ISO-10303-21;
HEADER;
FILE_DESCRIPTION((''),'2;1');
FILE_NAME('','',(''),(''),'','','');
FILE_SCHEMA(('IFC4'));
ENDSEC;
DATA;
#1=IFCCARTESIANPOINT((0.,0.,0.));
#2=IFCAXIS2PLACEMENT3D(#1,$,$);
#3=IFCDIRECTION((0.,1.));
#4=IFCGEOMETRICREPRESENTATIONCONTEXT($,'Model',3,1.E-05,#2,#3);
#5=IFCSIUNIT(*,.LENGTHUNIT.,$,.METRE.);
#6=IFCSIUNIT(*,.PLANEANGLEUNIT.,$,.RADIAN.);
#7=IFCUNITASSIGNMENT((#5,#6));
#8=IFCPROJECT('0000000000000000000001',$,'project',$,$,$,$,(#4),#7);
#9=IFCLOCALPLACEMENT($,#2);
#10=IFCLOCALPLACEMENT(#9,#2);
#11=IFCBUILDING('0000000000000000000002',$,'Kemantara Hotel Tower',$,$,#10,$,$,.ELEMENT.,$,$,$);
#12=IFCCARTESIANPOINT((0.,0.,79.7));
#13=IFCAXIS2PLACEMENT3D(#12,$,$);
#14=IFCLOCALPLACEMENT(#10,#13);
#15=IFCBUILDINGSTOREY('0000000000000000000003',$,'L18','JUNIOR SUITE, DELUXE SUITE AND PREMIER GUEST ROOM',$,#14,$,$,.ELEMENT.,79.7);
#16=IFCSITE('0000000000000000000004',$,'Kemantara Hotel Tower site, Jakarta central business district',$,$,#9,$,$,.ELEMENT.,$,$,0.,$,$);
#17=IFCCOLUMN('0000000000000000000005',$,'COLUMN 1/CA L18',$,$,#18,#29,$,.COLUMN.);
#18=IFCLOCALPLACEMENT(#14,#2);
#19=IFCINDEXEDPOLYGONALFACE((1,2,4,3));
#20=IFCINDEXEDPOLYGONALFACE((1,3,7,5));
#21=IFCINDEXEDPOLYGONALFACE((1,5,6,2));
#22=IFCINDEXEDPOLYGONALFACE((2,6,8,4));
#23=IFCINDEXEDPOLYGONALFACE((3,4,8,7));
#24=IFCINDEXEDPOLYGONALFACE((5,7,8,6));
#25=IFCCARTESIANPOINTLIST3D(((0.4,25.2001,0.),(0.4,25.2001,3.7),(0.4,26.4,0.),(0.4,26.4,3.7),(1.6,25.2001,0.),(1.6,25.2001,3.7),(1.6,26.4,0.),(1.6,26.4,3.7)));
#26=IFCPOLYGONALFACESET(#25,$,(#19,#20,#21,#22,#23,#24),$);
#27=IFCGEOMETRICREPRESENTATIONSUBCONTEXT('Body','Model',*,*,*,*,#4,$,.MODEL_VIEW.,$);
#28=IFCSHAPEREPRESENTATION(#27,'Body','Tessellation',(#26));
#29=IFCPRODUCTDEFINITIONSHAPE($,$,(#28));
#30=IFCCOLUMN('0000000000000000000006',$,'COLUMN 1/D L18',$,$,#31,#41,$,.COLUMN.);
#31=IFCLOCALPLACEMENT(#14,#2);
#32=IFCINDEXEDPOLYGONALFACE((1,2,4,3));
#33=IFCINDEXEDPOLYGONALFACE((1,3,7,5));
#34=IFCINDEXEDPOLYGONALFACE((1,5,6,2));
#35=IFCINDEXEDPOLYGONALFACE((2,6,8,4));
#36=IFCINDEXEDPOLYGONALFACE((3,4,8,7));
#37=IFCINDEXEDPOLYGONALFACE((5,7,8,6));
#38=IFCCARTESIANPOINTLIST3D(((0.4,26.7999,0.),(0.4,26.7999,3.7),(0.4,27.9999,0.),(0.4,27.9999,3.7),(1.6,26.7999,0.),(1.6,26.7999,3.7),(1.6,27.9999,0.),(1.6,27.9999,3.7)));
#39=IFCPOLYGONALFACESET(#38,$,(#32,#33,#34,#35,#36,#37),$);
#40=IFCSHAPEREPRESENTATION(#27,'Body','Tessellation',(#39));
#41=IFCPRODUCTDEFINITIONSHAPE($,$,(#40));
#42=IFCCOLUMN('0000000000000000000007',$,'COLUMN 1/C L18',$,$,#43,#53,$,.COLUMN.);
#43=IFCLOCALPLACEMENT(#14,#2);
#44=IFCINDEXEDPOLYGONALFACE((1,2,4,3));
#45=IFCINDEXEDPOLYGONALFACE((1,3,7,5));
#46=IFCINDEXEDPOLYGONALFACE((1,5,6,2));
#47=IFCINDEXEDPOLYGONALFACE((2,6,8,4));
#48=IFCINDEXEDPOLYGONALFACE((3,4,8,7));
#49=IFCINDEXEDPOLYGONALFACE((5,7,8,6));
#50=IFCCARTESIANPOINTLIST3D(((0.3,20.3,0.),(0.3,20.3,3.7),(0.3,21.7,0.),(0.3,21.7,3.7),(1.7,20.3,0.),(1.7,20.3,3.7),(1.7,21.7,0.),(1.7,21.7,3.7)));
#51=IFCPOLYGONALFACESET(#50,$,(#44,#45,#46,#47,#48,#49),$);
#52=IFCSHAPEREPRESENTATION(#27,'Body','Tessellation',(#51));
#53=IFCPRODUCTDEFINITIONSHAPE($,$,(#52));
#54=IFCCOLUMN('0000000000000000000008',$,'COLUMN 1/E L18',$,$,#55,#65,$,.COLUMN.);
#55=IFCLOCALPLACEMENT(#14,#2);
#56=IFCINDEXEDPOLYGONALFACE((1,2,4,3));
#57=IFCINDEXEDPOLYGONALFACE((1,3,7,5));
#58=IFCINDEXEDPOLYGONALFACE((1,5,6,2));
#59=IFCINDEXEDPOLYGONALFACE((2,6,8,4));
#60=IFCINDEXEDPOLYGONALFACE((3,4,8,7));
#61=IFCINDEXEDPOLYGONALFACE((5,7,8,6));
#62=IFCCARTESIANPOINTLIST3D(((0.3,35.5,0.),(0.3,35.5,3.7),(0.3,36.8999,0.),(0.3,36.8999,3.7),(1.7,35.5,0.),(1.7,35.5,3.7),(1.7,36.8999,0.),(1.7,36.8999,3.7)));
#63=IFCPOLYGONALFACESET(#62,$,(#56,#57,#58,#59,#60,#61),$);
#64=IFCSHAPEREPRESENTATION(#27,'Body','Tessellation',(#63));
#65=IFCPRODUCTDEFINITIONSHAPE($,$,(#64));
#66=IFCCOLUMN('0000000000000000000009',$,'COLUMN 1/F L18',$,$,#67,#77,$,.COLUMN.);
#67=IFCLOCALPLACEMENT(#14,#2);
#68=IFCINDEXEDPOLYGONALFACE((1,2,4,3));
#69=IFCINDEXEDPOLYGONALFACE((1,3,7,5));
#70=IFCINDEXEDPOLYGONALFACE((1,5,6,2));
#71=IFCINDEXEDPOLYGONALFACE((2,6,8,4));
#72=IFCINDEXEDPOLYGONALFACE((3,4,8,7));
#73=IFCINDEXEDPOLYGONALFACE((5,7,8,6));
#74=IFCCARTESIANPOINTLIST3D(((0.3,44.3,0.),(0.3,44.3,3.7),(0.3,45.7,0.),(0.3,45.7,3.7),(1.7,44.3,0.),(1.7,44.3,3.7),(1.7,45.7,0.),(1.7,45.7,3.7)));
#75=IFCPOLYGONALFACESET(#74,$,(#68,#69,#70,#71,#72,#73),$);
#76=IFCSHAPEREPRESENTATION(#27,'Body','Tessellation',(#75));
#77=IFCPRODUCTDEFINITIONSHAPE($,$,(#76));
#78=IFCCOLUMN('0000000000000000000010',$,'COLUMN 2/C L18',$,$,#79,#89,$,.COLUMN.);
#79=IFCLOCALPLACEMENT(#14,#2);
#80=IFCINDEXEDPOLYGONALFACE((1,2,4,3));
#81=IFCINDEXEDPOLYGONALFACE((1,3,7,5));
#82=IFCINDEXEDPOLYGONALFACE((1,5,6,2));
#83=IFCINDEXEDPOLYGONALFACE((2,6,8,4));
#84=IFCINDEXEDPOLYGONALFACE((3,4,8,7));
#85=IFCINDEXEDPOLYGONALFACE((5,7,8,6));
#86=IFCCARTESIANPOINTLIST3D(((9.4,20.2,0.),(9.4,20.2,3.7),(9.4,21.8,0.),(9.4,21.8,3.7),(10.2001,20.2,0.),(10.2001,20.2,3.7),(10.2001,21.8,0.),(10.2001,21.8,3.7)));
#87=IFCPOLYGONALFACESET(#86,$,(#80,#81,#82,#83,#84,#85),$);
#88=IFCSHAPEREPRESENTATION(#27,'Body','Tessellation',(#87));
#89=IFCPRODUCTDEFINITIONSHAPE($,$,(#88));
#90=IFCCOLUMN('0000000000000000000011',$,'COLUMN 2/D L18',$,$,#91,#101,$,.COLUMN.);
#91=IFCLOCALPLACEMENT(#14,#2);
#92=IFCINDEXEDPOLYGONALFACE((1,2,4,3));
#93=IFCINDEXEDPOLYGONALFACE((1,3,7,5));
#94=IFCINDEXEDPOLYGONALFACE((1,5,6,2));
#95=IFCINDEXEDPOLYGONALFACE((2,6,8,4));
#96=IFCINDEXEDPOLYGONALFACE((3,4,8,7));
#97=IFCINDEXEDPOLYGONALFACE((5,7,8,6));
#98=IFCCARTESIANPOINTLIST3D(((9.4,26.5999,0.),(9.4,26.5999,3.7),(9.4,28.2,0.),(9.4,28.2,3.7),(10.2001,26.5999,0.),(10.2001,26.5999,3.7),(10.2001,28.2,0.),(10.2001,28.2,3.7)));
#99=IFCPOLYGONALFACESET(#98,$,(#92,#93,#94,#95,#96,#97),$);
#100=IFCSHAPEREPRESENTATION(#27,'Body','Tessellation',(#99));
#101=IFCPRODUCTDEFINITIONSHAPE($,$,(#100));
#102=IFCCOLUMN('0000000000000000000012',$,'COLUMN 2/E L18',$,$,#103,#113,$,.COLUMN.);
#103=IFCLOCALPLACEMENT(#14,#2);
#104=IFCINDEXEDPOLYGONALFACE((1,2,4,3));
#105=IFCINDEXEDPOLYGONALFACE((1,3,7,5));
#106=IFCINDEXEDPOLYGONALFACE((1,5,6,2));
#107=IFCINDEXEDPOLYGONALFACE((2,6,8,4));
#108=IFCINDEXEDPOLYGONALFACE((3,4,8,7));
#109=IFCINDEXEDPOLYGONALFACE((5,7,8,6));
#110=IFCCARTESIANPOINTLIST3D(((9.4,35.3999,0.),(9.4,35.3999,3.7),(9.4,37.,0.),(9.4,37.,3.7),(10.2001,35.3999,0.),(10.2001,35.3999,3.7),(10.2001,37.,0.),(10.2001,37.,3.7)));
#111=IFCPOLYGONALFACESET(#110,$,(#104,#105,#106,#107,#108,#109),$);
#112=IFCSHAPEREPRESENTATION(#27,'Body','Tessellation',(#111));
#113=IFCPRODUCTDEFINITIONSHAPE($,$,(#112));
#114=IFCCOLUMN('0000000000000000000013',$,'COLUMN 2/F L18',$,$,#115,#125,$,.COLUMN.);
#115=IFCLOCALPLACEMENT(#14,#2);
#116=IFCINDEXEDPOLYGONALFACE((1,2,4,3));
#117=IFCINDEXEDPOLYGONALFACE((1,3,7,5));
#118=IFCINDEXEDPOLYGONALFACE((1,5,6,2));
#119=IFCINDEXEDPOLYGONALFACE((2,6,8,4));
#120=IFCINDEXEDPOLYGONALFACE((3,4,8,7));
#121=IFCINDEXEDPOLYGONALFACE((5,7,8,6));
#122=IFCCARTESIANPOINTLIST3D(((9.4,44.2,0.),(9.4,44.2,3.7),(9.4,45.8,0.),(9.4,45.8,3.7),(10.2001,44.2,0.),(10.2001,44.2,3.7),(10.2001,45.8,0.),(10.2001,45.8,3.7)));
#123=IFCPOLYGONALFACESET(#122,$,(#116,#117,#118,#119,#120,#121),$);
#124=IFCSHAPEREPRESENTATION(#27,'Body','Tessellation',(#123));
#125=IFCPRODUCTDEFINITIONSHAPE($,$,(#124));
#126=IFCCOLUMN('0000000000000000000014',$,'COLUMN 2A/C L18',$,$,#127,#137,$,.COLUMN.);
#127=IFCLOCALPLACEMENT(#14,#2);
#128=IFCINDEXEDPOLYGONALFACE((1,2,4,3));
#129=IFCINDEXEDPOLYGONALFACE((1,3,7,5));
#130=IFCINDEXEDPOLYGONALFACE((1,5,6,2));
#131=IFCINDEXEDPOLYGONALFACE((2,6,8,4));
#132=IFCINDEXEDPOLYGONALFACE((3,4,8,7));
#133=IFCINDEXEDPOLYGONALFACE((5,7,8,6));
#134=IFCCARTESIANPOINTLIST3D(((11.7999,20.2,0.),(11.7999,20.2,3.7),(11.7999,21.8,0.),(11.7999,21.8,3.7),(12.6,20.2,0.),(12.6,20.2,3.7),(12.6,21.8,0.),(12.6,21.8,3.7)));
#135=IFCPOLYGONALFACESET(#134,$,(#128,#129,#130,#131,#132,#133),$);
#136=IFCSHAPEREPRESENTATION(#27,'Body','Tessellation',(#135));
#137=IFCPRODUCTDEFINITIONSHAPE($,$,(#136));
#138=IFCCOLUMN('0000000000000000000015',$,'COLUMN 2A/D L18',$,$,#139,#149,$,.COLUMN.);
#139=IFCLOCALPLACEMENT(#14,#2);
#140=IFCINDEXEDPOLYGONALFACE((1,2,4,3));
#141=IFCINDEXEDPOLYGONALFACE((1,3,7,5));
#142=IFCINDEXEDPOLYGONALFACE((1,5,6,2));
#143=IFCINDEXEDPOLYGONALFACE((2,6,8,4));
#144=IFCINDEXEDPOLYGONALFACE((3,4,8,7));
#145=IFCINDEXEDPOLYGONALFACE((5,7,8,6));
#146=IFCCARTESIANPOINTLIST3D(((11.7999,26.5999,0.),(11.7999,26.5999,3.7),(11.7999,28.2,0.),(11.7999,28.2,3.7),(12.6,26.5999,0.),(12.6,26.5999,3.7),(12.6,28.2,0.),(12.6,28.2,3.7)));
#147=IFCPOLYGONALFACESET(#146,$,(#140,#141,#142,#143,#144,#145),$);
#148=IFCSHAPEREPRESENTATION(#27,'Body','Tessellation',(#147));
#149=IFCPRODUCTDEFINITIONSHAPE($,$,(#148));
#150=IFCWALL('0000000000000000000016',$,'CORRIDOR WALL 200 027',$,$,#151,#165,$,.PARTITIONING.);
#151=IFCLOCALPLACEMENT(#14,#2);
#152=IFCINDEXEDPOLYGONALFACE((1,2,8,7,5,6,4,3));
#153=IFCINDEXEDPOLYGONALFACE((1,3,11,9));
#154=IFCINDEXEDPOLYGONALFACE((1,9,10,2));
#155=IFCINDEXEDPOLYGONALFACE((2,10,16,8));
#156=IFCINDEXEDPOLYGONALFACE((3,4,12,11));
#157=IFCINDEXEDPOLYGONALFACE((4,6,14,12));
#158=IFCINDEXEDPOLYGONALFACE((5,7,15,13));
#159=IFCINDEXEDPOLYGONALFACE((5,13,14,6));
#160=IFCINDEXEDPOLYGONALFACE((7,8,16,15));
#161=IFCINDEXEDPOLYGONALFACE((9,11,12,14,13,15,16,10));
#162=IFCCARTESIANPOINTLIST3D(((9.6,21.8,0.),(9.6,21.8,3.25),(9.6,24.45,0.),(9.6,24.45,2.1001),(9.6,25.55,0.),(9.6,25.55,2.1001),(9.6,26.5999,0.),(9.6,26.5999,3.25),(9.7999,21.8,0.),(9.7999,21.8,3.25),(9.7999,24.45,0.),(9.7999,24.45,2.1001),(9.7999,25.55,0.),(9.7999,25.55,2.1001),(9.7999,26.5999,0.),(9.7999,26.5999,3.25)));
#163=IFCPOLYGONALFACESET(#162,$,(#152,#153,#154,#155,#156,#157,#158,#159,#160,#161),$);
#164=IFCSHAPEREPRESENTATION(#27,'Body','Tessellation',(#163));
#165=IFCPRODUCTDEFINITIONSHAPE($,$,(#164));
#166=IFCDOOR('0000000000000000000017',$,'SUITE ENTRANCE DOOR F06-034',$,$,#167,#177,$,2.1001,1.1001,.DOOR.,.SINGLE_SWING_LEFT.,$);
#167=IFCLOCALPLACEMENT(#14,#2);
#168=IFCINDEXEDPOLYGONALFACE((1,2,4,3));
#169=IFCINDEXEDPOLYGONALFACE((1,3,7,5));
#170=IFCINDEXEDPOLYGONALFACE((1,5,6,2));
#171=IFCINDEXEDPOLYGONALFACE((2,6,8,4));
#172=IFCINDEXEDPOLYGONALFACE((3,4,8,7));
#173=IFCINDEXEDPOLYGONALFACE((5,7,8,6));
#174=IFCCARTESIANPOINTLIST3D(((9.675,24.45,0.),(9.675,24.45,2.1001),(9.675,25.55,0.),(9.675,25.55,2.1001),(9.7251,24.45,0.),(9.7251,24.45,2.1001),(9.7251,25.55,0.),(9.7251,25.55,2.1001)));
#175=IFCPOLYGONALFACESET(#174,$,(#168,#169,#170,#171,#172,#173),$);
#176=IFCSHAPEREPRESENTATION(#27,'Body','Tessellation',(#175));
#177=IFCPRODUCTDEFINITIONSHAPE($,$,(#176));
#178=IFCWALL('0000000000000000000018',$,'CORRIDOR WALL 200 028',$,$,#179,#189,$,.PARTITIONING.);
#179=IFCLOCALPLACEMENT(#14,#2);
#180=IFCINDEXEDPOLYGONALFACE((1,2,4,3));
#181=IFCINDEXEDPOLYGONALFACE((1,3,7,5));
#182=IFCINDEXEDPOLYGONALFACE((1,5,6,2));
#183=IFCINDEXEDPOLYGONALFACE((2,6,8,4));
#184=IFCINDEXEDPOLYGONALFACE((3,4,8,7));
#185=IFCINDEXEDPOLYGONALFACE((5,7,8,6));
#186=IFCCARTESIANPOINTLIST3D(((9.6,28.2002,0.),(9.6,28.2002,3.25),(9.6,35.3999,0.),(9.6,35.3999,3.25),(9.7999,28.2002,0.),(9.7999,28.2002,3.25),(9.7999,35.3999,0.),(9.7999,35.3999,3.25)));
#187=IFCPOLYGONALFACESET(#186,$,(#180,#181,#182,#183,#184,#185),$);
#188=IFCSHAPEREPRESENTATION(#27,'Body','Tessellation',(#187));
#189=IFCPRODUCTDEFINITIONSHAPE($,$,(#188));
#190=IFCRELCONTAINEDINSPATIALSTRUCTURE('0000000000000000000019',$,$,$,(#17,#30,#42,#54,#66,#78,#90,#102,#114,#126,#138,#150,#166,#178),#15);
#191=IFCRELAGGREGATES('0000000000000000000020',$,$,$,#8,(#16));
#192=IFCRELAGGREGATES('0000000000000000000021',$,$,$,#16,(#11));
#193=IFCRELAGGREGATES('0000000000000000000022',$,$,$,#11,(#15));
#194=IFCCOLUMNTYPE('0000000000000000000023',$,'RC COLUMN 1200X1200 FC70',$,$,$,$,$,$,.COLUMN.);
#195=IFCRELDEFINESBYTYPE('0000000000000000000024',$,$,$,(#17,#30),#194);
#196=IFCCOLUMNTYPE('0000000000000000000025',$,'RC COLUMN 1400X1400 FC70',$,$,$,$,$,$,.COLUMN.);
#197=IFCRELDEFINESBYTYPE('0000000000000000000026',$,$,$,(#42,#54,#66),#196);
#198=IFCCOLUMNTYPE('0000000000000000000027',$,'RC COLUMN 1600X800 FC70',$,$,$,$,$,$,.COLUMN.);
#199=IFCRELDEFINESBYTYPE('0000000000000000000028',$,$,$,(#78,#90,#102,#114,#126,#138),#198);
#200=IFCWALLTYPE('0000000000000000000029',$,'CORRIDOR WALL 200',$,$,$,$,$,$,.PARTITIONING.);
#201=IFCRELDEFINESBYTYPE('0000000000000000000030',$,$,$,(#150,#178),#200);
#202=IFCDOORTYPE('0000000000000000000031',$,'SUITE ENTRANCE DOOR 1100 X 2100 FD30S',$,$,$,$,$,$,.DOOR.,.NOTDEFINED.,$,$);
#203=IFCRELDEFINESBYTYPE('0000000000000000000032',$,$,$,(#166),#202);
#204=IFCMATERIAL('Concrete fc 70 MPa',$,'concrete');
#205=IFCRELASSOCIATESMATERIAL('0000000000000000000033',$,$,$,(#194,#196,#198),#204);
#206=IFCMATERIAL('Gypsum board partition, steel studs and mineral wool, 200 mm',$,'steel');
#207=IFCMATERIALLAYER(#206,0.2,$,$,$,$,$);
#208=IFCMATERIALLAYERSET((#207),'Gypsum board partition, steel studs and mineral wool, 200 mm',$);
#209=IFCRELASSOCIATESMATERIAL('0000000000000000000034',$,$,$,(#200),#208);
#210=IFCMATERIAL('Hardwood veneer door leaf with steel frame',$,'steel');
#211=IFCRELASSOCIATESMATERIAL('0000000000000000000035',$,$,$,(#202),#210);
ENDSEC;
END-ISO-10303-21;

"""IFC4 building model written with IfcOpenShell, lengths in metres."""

from ifc_helpers import new_model, si_unit, direction, frame, frame_2d, origin, origin_2d, place, context, subcontext, project, spatial, rectangle, extrude, material, layer, layer_set, material_profile, profile_set, type_object, element, fill, save


model = new_model("IFC4")

# Units and contexts
model_context = context("Model", 3, precision=1e-05, world=origin(), true_north=direction((0.0, 1.0)))
body_context = subcontext(model_context, "Body", "Model", "MODEL_VIEW")
ifc_project = project(units=[si_unit("LENGTHUNIT", "METRE"), si_unit("PLANEANGLEUNIT", "RADIAN")], contexts=[model_context])

# Site, building, storey
site_placement = place(None, origin())
site = spatial("IfcSite", under=ifc_project, at=site_placement, Name="Kemantara Hotel Tower site, Jakarta central business district", CompositionType="ELEMENT", RefElevation=0.0)
building_placement = place(site_placement, origin())
building = spatial("IfcBuilding", under=site, at=building_placement, Name="Kemantara Hotel Tower", CompositionType="ELEMENT")
storey_placement = place(building_placement, frame((0.0, 0.0, 79.7)))
storey = spatial("IfcBuildingStorey", under=building, at=storey_placement, Name="L18", Description="JUNIOR SUITE, DELUXE SUITE AND PREMIER GUEST ROOM", CompositionType="ELEMENT", Elevation=79.7)

# Columns
ifc_material_1 = material(Name="Concrete fc 70 MPa", Category="concrete")
ifc_material_profile_1 = material_profile(ifc_material_1, rectangle(XDim=1.2, YDim=1.2, at=origin_2d()), Name="RC 1200X1200")
ifc_profile_set_1 = profile_set([ifc_material_profile_1], Name="Concrete fc 70 MPa")
column_type_1 = type_object("IfcColumnType", Name="RC COLUMN 1200X1200 FC70", PredefinedType="COLUMN", material=ifc_profile_set_1)
for number, where, z_axis, x_axis, name in (
    (1, (1.0, 25.8, 0.0), (0.0, 0.0, 1.0), (1.0, 0.0, 0.0), "COLUMN 1/CA L18"),
    (2, (1.0, 27.3999, 0.0), (0.0, 0.0, 1.0), (1.0, 0.0, 0.0), "COLUMN 1/D L18"),
):
    element("IfcColumn", number, at=place(storey_placement, frame(where, z_axis=z_axis, x_axis=x_axis)), inside=storey, type_object=column_type_1, Name=name, PredefinedType="COLUMN", context=body_context, shape_type="SweptSolid", body=[
        extrude(rectangle(XDim=1.2, YDim=1.2, at=origin_2d()), origin(), (0.0, 0.0, 1.0), 3.7),
    ])
ifc_material_profile_2 = material_profile(ifc_material_1, rectangle(XDim=1.3999, YDim=1.3999, at=origin_2d()), Name="RC 1400X1400")
ifc_profile_set_2 = profile_set([ifc_material_profile_2], Name="Concrete fc 70 MPa")
column_type_2 = type_object("IfcColumnType", Name="RC COLUMN 1400X1400 FC70", PredefinedType="COLUMN", material=ifc_profile_set_2)
for number, where, z_axis, x_axis, name in (
    (3, (1.0, 21.0, 0.0), (0.0, 0.0, 1.0), (1.0, 0.0, 0.0), "COLUMN 1/C L18"),
    (4, (1.0, 36.2, 0.0), (0.0, 0.0, 1.0), (1.0, 0.0, 0.0), "COLUMN 1/E L18"),
    (5, (1.0, 45.0, 0.0), (0.0, 0.0, 1.0), (1.0, 0.0, 0.0), "COLUMN 1/F L18"),
):
    element("IfcColumn", number, at=place(storey_placement, frame(where, z_axis=z_axis, x_axis=x_axis)), inside=storey, type_object=column_type_2, Name=name, PredefinedType="COLUMN", context=body_context, shape_type="SweptSolid", body=[
        extrude(rectangle(XDim=1.3999, YDim=1.3999, at=origin_2d()), origin(), (0.0, 0.0, 1.0), 3.7),
    ])
ifc_material_profile_3 = material_profile(ifc_material_1, rectangle(XDim=1.6001, YDim=0.8, at=origin_2d()), Name="RC 1600X800")
ifc_profile_set_3 = profile_set([ifc_material_profile_3], Name="Concrete fc 70 MPa")
column_type_3 = type_object("IfcColumnType", Name="RC COLUMN 1600X800 FC70", PredefinedType="COLUMN", material=ifc_profile_set_3)
for number, where, z_axis, x_axis, name in (
    (6, (9.8, 21.0, 0.0), (0.0, 0.0, 1.0), (0.0, 1.0, 0.0), "COLUMN 2/C L18"),
    (7, (9.8, 27.3999, 0.0), (0.0, 0.0, 1.0), (0.0, 1.0, 0.0), "COLUMN 2/D L18"),
    (8, (9.8, 36.2, 0.0), (0.0, 0.0, 1.0), (0.0, 1.0, 0.0), "COLUMN 2/E L18"),
    (9, (9.8, 45.0, 0.0), (0.0, 0.0, 1.0), (0.0, 1.0, 0.0), "COLUMN 2/F L18"),
    (10, (12.2, 21.0, 0.0), (0.0, 0.0, 1.0), (0.0, 1.0, 0.0), "COLUMN 2A/C L18"),
    (11, (12.2, 27.3999, 0.0), (0.0, 0.0, 1.0), (0.0, 1.0, 0.0), "COLUMN 2A/D L18"),
):
    element("IfcColumn", number, at=place(storey_placement, frame(where, z_axis=z_axis, x_axis=x_axis)), inside=storey, type_object=column_type_3, Name=name, PredefinedType="COLUMN", context=body_context, shape_type="SweptSolid", body=[
        extrude(rectangle(XDim=1.6001, YDim=0.8, at=origin_2d()), origin(), (0.0, 0.0, 1.0), 3.7),
    ])

# Wall, opening, door
ifc_material_2 = material(Name="Gypsum board partition, steel studs and mineral wool, 200 mm", Category="steel")
ifc_layer_1 = layer(ifc_material_2, 0.2)
ifc_layer_set_1 = layer_set([ifc_layer_1], Name="Gypsum board partition, steel studs and mineral wool, 200 mm")
wall_type_1 = type_object("IfcWallType", Name="CORRIDOR WALL 200", PredefinedType="PARTITIONING", material=ifc_layer_set_1)
wall_1_placement = place(storey_placement, frame((9.7, 21.8, 0.0), z_axis=(0.0, 0.0, 1.0), x_axis=(0.0, 1.0, 0.0)))
wall_1 = element("IfcWall", 12, at=wall_1_placement, inside=storey, type_object=wall_type_1, Name="CORRIDOR WALL 200 027", PredefinedType="PARTITIONING", context=body_context, shape_type="SweptSolid", body=[
    extrude(rectangle(XDim=4.7998, YDim=0.2, at=frame_2d((2.3999, 0.0))), origin(), (0.0, 0.0, 1.0), 3.25),
])
opening_1_placement = place(wall_1_placement, frame((2.6499, 0.0, 0.0)))
opening_1 = element("IfcOpeningElement", 13, at=opening_1_placement, cuts=wall_1, PredefinedType="OPENING", context=body_context, shape_type="SweptSolid", body=[
    extrude(rectangle(XDim=1.1001, YDim=2.1001, at=frame_2d((0.55, 1.05))), frame((0.0, 0.1099, 0.0), z_axis=(0.0, -1.0, 0.0), x_axis=(1.0, 0.0, 0.0)), (0.0, 0.0, 1.0), 0.22),
])
ifc_material_3 = material(Name="Hardwood veneer door leaf with steel frame", Category="steel")
door_type_1 = type_object("IfcDoorType", Name="SUITE ENTRANCE DOOR 1100 X 2100 FD30S", OperationType="NOTDEFINED", PredefinedType="DOOR", material=ifc_material_3)
door_1_placement = place(opening_1_placement, origin())
door_1 = element("IfcDoor", 14, at=door_1_placement, inside=storey, type_object=door_type_1, Name="SUITE ENTRANCE DOOR F06-034", OperationType="SINGLE_SWING_LEFT", OverallHeight=2.1001, OverallWidth=1.1001, PredefinedType="DOOR", context=body_context, shape_type="SweptSolid", body=[
    extrude(rectangle(XDim=1.1001, YDim=2.1001, at=frame_2d((0.55, 1.05))), frame((0.0, 0.0249, 0.0), z_axis=(0.0, -1.0, 0.0), x_axis=(1.0, 0.0, 0.0)), (0.0, 0.0, 1.0), 0.05),
])
fill(opening_1, door_1)

# Wall
wall_2_placement = place(storey_placement, frame((9.7, 28.2002, 0.0), z_axis=(0.0, 0.0, 1.0), x_axis=(0.0, 1.0, 0.0)))
element("IfcWall", 15, at=wall_2_placement, inside=storey, type_object=wall_type_1, Name="CORRIDOR WALL 200 028", PredefinedType="PARTITIONING", context=body_context, shape_type="SweptSolid", body=[
    extrude(rectangle(XDim=7.1997, YDim=0.2, at=frame_2d((3.5999, 0.0))), origin(), (0.0, 0.0, 1.0), 3.25),
])

save(model, "model.ifc")
